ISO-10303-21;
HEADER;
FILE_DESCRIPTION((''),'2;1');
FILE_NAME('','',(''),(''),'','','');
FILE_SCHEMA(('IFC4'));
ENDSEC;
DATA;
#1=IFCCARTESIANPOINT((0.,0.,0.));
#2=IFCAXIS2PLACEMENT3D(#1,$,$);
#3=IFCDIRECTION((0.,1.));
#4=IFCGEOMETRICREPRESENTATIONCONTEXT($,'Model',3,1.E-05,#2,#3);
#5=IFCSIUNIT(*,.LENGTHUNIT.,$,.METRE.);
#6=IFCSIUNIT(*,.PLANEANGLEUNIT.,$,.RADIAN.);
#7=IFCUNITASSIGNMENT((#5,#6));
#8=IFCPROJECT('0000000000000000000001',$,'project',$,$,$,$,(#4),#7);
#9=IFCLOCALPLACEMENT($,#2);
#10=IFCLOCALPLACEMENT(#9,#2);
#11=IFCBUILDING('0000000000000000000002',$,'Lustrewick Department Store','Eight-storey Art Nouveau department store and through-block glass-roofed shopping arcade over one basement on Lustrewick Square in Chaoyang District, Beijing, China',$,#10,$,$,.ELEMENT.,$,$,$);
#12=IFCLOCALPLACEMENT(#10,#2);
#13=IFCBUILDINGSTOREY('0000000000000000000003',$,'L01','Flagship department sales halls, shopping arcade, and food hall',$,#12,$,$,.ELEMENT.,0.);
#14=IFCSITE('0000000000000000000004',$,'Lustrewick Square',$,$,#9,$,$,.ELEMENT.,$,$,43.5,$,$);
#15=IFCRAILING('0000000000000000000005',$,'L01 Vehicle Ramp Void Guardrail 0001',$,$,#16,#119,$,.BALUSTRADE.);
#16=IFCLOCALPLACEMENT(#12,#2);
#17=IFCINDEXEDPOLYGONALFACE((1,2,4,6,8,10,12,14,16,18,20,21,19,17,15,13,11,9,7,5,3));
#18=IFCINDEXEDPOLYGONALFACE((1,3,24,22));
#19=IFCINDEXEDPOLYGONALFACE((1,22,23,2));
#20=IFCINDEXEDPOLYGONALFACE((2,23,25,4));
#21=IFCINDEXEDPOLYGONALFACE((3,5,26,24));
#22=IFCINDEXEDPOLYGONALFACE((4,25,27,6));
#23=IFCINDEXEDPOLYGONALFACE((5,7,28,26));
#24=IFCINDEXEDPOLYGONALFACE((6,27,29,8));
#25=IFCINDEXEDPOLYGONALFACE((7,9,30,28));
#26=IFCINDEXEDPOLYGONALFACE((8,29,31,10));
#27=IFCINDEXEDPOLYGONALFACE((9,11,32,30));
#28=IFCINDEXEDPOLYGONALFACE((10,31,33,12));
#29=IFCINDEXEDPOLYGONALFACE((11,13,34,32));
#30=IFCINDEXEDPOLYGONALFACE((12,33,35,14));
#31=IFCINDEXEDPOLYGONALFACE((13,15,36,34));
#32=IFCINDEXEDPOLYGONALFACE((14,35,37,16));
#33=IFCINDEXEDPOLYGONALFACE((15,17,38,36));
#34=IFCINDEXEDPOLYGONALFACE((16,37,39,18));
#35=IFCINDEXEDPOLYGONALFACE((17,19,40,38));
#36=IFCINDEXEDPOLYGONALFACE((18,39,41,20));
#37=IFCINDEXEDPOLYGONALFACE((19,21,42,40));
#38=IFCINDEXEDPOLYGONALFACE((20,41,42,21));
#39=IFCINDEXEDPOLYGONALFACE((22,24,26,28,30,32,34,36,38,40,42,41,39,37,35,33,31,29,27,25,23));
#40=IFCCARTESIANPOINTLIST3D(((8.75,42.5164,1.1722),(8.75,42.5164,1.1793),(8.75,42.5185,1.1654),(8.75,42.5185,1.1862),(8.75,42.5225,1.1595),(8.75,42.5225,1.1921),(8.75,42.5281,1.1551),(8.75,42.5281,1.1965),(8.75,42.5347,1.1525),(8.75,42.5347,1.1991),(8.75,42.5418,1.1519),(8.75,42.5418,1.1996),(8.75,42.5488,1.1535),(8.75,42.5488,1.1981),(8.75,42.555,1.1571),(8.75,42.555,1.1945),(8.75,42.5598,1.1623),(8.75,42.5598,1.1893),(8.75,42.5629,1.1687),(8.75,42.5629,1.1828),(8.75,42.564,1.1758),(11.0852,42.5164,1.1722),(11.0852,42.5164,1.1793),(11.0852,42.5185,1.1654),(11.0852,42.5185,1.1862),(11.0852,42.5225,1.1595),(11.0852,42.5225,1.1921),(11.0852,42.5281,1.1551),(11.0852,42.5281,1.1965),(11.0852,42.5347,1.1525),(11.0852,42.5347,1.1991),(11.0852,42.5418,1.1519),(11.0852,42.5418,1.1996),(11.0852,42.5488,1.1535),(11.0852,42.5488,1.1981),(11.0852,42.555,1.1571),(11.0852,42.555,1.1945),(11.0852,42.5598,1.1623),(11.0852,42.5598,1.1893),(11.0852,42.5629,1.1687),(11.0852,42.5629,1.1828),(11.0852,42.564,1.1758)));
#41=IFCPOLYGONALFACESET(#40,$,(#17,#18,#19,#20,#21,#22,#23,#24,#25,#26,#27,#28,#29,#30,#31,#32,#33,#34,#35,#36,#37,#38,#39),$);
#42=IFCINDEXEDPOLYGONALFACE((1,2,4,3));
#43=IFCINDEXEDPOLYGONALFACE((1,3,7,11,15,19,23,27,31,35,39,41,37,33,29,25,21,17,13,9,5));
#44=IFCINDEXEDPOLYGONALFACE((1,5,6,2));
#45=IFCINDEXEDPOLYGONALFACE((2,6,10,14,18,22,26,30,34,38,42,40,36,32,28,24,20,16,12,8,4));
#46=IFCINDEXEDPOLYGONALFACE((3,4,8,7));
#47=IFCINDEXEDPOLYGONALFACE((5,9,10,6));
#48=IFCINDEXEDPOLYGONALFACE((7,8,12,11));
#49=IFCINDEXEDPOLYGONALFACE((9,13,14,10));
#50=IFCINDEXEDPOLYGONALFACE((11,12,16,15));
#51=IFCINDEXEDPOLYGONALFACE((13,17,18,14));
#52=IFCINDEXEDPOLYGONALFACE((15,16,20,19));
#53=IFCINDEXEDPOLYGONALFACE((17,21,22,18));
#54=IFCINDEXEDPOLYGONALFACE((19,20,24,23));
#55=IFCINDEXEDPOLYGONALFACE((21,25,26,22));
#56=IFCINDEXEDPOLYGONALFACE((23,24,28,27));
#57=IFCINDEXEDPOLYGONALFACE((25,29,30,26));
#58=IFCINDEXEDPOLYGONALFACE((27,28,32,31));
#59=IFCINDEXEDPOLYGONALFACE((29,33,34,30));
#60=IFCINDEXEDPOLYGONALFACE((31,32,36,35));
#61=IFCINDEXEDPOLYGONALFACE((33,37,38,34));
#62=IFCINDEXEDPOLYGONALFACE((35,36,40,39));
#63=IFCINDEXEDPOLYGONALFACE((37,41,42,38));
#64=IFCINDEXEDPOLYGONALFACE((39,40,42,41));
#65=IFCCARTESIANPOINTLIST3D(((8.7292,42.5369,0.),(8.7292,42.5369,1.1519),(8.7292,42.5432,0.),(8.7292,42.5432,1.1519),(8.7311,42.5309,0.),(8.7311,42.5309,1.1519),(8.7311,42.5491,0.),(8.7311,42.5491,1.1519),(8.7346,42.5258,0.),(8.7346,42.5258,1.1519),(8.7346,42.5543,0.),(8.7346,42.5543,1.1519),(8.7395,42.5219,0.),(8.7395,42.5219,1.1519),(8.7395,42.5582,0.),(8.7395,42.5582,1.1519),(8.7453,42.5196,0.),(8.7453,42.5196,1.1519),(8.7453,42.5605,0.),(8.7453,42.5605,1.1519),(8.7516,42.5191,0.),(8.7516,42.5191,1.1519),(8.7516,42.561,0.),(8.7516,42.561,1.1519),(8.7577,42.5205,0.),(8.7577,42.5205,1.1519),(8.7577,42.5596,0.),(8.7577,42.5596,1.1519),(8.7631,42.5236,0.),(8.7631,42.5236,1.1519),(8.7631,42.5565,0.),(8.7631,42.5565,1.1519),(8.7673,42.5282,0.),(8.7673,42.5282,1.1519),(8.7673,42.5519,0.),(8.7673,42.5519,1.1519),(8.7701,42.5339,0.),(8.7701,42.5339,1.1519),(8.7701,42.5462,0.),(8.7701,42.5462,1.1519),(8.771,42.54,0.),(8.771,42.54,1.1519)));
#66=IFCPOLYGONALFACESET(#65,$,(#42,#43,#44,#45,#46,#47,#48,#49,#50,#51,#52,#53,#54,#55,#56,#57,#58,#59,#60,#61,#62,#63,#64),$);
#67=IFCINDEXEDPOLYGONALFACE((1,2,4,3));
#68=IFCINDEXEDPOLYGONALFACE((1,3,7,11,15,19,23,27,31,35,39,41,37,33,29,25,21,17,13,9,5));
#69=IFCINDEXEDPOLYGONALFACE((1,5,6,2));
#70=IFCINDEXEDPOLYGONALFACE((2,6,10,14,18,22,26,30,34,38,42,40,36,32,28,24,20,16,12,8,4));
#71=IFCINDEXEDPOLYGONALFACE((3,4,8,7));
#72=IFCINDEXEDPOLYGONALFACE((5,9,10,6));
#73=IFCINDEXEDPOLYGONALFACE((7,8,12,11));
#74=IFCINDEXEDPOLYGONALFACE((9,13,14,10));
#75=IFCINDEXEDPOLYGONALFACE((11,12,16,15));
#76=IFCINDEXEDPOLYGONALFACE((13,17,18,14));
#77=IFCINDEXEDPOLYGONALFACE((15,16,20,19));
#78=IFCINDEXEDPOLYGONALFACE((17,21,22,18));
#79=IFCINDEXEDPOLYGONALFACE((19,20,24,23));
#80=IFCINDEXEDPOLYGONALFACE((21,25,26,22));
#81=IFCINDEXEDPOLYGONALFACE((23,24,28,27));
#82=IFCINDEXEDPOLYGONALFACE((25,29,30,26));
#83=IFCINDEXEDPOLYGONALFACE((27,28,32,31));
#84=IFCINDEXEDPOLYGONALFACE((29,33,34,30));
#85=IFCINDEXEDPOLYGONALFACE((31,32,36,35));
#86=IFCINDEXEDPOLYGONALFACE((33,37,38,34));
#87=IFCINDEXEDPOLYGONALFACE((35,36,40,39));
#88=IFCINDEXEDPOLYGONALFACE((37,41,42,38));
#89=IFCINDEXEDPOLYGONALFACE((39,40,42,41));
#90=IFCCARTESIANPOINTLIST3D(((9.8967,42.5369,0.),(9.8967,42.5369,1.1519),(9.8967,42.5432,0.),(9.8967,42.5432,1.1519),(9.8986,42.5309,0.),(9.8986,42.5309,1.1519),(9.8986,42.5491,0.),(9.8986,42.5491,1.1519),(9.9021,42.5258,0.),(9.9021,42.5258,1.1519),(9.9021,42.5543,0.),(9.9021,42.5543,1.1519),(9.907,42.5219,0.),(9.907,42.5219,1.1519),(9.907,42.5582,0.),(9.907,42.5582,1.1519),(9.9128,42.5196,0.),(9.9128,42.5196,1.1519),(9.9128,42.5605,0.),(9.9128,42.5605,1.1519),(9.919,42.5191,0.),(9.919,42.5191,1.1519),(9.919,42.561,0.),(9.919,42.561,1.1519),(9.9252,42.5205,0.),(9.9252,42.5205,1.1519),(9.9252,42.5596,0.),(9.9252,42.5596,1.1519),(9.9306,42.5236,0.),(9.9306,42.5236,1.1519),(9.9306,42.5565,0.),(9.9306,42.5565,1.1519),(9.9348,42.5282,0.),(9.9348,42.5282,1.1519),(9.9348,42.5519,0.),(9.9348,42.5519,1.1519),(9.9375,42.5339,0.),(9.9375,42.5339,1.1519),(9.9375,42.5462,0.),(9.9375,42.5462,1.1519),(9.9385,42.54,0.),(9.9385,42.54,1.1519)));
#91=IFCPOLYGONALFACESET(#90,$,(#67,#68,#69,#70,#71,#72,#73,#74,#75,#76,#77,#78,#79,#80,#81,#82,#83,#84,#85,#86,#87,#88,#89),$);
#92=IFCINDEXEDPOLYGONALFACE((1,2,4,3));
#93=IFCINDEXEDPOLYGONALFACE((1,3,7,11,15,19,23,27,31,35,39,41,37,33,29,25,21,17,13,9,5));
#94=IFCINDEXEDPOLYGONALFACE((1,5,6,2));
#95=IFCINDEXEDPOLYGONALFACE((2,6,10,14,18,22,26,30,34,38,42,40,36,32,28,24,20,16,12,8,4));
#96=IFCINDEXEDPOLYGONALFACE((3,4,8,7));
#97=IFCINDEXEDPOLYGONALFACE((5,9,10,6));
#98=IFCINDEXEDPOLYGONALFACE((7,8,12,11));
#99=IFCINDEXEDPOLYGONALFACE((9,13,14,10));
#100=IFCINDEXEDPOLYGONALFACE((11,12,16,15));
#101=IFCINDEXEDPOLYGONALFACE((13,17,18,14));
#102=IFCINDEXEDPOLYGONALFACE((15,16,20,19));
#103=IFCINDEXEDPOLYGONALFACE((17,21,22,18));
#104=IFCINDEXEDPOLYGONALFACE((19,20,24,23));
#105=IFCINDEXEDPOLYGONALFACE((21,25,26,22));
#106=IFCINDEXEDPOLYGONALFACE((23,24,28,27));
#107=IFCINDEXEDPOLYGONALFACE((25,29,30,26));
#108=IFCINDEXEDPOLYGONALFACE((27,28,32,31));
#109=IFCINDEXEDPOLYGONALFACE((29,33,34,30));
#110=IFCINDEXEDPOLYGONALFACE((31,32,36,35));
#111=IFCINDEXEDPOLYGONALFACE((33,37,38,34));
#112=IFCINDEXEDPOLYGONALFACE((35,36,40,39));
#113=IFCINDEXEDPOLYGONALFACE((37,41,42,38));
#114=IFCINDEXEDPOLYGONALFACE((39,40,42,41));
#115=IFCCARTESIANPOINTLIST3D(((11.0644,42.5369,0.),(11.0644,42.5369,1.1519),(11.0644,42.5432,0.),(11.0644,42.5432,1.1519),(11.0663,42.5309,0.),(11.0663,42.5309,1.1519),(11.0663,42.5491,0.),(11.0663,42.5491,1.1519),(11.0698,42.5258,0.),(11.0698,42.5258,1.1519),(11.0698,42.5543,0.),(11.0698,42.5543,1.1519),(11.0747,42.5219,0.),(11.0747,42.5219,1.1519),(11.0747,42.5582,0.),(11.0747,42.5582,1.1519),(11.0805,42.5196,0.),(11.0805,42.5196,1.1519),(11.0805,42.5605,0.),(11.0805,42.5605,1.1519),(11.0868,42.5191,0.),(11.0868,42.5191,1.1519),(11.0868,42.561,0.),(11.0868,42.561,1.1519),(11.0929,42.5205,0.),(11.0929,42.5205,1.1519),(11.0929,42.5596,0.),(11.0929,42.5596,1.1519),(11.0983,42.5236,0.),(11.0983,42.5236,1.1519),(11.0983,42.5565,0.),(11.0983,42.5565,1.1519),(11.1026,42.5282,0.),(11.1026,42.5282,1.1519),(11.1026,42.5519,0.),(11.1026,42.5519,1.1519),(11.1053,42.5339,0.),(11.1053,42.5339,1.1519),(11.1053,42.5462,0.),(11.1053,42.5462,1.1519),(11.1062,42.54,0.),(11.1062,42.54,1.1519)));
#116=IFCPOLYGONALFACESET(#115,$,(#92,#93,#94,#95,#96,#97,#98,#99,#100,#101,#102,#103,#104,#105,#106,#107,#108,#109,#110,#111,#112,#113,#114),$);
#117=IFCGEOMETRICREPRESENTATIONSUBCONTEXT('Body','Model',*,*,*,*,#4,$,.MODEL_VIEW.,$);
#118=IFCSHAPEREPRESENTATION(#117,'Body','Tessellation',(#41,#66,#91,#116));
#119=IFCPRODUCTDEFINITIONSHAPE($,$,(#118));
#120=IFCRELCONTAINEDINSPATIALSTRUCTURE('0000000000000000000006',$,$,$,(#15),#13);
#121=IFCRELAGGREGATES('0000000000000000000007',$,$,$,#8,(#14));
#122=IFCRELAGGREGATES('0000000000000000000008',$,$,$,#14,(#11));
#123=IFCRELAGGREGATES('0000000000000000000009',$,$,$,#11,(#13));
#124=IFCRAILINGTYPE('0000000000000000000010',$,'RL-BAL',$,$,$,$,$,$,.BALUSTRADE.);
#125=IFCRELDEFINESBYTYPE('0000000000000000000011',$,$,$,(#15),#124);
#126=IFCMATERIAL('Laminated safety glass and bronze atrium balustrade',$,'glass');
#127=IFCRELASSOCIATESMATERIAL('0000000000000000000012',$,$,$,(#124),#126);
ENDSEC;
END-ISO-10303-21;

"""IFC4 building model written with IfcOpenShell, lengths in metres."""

from ifc_helpers import new_model, si_unit, direction, frame, origin, origin_2d, place, context, subcontext, project, spatial, circle, extrude, material, type_object, element, save


model = new_model("IFC4")

# Units and contexts
model_context = context("Model", 3, precision=1e-05, world=origin(), true_north=direction((0.0, 1.0)))
body_context = subcontext(model_context, "Body", "Model", "MODEL_VIEW")
ifc_project = project(units=[si_unit("LENGTHUNIT", "METRE"), si_unit("PLANEANGLEUNIT", "RADIAN")], contexts=[model_context])

# Site, building, storey
site_placement = place(None, origin())
site = spatial("IfcSite", under=ifc_project, at=site_placement, Name="Lustrewick Square", CompositionType="ELEMENT", RefElevation=43.5)
building_placement = place(site_placement, origin())
building = spatial("IfcBuilding", under=site, at=building_placement, Name="Lustrewick Department Store", Description="Eight-storey Art Nouveau department store and through-block glass-roofed shopping arcade over one basement on Lustrewick Square in Chaoyang District, Beijing, China", CompositionType="ELEMENT")
storey_placement = place(building_placement, origin())
storey = spatial("IfcBuildingStorey", under=building, at=storey_placement, Name="L01", Description="Flagship department sales halls, shopping arcade, and food hall", CompositionType="ELEMENT", Elevation=0.0)

# Railing
ifc_material_1 = material(Name="Laminated safety glass and bronze atrium balustrade", Category="glass")
railing_type = type_object("IfcRailingType", Name="RL-BAL", PredefinedType="BALUSTRADE", material=ifc_material_1)
railing_placement = place(storey_placement, frame((8.75, 42.54, 0.0)))
element("IfcRailing", 1, at=railing_placement, inside=storey, type_object=railing_type, Name="L01 Vehicle Ramp Void Guardrail 0001", PredefinedType="BALUSTRADE", context=body_context, shape_type="SweptSolid", body=[
    extrude(circle(Radius=0.0239, at=origin_2d()), frame((0.0, 0.0, 1.1758), z_axis=(1.0, 0.0, 0.0), x_axis=(0.0, 1.0, 0.0)), (0.0, 0.0, 1.0), 2.3352),
    extrude(circle(Radius=0.021, at=origin_2d()), origin(), (0.0, 0.0, 1.0), 1.1519),
    extrude(circle(Radius=0.021, at=origin_2d()), frame((1.1675, 0.0, 0.0)), (0.0, 0.0, 1.0), 1.1519),
    extrude(circle(Radius=0.021, at=origin_2d()), frame((2.3352, 0.0, 0.0)), (0.0, 0.0, 1.0), 1.1519),
])

save(model, "model.ifc")
